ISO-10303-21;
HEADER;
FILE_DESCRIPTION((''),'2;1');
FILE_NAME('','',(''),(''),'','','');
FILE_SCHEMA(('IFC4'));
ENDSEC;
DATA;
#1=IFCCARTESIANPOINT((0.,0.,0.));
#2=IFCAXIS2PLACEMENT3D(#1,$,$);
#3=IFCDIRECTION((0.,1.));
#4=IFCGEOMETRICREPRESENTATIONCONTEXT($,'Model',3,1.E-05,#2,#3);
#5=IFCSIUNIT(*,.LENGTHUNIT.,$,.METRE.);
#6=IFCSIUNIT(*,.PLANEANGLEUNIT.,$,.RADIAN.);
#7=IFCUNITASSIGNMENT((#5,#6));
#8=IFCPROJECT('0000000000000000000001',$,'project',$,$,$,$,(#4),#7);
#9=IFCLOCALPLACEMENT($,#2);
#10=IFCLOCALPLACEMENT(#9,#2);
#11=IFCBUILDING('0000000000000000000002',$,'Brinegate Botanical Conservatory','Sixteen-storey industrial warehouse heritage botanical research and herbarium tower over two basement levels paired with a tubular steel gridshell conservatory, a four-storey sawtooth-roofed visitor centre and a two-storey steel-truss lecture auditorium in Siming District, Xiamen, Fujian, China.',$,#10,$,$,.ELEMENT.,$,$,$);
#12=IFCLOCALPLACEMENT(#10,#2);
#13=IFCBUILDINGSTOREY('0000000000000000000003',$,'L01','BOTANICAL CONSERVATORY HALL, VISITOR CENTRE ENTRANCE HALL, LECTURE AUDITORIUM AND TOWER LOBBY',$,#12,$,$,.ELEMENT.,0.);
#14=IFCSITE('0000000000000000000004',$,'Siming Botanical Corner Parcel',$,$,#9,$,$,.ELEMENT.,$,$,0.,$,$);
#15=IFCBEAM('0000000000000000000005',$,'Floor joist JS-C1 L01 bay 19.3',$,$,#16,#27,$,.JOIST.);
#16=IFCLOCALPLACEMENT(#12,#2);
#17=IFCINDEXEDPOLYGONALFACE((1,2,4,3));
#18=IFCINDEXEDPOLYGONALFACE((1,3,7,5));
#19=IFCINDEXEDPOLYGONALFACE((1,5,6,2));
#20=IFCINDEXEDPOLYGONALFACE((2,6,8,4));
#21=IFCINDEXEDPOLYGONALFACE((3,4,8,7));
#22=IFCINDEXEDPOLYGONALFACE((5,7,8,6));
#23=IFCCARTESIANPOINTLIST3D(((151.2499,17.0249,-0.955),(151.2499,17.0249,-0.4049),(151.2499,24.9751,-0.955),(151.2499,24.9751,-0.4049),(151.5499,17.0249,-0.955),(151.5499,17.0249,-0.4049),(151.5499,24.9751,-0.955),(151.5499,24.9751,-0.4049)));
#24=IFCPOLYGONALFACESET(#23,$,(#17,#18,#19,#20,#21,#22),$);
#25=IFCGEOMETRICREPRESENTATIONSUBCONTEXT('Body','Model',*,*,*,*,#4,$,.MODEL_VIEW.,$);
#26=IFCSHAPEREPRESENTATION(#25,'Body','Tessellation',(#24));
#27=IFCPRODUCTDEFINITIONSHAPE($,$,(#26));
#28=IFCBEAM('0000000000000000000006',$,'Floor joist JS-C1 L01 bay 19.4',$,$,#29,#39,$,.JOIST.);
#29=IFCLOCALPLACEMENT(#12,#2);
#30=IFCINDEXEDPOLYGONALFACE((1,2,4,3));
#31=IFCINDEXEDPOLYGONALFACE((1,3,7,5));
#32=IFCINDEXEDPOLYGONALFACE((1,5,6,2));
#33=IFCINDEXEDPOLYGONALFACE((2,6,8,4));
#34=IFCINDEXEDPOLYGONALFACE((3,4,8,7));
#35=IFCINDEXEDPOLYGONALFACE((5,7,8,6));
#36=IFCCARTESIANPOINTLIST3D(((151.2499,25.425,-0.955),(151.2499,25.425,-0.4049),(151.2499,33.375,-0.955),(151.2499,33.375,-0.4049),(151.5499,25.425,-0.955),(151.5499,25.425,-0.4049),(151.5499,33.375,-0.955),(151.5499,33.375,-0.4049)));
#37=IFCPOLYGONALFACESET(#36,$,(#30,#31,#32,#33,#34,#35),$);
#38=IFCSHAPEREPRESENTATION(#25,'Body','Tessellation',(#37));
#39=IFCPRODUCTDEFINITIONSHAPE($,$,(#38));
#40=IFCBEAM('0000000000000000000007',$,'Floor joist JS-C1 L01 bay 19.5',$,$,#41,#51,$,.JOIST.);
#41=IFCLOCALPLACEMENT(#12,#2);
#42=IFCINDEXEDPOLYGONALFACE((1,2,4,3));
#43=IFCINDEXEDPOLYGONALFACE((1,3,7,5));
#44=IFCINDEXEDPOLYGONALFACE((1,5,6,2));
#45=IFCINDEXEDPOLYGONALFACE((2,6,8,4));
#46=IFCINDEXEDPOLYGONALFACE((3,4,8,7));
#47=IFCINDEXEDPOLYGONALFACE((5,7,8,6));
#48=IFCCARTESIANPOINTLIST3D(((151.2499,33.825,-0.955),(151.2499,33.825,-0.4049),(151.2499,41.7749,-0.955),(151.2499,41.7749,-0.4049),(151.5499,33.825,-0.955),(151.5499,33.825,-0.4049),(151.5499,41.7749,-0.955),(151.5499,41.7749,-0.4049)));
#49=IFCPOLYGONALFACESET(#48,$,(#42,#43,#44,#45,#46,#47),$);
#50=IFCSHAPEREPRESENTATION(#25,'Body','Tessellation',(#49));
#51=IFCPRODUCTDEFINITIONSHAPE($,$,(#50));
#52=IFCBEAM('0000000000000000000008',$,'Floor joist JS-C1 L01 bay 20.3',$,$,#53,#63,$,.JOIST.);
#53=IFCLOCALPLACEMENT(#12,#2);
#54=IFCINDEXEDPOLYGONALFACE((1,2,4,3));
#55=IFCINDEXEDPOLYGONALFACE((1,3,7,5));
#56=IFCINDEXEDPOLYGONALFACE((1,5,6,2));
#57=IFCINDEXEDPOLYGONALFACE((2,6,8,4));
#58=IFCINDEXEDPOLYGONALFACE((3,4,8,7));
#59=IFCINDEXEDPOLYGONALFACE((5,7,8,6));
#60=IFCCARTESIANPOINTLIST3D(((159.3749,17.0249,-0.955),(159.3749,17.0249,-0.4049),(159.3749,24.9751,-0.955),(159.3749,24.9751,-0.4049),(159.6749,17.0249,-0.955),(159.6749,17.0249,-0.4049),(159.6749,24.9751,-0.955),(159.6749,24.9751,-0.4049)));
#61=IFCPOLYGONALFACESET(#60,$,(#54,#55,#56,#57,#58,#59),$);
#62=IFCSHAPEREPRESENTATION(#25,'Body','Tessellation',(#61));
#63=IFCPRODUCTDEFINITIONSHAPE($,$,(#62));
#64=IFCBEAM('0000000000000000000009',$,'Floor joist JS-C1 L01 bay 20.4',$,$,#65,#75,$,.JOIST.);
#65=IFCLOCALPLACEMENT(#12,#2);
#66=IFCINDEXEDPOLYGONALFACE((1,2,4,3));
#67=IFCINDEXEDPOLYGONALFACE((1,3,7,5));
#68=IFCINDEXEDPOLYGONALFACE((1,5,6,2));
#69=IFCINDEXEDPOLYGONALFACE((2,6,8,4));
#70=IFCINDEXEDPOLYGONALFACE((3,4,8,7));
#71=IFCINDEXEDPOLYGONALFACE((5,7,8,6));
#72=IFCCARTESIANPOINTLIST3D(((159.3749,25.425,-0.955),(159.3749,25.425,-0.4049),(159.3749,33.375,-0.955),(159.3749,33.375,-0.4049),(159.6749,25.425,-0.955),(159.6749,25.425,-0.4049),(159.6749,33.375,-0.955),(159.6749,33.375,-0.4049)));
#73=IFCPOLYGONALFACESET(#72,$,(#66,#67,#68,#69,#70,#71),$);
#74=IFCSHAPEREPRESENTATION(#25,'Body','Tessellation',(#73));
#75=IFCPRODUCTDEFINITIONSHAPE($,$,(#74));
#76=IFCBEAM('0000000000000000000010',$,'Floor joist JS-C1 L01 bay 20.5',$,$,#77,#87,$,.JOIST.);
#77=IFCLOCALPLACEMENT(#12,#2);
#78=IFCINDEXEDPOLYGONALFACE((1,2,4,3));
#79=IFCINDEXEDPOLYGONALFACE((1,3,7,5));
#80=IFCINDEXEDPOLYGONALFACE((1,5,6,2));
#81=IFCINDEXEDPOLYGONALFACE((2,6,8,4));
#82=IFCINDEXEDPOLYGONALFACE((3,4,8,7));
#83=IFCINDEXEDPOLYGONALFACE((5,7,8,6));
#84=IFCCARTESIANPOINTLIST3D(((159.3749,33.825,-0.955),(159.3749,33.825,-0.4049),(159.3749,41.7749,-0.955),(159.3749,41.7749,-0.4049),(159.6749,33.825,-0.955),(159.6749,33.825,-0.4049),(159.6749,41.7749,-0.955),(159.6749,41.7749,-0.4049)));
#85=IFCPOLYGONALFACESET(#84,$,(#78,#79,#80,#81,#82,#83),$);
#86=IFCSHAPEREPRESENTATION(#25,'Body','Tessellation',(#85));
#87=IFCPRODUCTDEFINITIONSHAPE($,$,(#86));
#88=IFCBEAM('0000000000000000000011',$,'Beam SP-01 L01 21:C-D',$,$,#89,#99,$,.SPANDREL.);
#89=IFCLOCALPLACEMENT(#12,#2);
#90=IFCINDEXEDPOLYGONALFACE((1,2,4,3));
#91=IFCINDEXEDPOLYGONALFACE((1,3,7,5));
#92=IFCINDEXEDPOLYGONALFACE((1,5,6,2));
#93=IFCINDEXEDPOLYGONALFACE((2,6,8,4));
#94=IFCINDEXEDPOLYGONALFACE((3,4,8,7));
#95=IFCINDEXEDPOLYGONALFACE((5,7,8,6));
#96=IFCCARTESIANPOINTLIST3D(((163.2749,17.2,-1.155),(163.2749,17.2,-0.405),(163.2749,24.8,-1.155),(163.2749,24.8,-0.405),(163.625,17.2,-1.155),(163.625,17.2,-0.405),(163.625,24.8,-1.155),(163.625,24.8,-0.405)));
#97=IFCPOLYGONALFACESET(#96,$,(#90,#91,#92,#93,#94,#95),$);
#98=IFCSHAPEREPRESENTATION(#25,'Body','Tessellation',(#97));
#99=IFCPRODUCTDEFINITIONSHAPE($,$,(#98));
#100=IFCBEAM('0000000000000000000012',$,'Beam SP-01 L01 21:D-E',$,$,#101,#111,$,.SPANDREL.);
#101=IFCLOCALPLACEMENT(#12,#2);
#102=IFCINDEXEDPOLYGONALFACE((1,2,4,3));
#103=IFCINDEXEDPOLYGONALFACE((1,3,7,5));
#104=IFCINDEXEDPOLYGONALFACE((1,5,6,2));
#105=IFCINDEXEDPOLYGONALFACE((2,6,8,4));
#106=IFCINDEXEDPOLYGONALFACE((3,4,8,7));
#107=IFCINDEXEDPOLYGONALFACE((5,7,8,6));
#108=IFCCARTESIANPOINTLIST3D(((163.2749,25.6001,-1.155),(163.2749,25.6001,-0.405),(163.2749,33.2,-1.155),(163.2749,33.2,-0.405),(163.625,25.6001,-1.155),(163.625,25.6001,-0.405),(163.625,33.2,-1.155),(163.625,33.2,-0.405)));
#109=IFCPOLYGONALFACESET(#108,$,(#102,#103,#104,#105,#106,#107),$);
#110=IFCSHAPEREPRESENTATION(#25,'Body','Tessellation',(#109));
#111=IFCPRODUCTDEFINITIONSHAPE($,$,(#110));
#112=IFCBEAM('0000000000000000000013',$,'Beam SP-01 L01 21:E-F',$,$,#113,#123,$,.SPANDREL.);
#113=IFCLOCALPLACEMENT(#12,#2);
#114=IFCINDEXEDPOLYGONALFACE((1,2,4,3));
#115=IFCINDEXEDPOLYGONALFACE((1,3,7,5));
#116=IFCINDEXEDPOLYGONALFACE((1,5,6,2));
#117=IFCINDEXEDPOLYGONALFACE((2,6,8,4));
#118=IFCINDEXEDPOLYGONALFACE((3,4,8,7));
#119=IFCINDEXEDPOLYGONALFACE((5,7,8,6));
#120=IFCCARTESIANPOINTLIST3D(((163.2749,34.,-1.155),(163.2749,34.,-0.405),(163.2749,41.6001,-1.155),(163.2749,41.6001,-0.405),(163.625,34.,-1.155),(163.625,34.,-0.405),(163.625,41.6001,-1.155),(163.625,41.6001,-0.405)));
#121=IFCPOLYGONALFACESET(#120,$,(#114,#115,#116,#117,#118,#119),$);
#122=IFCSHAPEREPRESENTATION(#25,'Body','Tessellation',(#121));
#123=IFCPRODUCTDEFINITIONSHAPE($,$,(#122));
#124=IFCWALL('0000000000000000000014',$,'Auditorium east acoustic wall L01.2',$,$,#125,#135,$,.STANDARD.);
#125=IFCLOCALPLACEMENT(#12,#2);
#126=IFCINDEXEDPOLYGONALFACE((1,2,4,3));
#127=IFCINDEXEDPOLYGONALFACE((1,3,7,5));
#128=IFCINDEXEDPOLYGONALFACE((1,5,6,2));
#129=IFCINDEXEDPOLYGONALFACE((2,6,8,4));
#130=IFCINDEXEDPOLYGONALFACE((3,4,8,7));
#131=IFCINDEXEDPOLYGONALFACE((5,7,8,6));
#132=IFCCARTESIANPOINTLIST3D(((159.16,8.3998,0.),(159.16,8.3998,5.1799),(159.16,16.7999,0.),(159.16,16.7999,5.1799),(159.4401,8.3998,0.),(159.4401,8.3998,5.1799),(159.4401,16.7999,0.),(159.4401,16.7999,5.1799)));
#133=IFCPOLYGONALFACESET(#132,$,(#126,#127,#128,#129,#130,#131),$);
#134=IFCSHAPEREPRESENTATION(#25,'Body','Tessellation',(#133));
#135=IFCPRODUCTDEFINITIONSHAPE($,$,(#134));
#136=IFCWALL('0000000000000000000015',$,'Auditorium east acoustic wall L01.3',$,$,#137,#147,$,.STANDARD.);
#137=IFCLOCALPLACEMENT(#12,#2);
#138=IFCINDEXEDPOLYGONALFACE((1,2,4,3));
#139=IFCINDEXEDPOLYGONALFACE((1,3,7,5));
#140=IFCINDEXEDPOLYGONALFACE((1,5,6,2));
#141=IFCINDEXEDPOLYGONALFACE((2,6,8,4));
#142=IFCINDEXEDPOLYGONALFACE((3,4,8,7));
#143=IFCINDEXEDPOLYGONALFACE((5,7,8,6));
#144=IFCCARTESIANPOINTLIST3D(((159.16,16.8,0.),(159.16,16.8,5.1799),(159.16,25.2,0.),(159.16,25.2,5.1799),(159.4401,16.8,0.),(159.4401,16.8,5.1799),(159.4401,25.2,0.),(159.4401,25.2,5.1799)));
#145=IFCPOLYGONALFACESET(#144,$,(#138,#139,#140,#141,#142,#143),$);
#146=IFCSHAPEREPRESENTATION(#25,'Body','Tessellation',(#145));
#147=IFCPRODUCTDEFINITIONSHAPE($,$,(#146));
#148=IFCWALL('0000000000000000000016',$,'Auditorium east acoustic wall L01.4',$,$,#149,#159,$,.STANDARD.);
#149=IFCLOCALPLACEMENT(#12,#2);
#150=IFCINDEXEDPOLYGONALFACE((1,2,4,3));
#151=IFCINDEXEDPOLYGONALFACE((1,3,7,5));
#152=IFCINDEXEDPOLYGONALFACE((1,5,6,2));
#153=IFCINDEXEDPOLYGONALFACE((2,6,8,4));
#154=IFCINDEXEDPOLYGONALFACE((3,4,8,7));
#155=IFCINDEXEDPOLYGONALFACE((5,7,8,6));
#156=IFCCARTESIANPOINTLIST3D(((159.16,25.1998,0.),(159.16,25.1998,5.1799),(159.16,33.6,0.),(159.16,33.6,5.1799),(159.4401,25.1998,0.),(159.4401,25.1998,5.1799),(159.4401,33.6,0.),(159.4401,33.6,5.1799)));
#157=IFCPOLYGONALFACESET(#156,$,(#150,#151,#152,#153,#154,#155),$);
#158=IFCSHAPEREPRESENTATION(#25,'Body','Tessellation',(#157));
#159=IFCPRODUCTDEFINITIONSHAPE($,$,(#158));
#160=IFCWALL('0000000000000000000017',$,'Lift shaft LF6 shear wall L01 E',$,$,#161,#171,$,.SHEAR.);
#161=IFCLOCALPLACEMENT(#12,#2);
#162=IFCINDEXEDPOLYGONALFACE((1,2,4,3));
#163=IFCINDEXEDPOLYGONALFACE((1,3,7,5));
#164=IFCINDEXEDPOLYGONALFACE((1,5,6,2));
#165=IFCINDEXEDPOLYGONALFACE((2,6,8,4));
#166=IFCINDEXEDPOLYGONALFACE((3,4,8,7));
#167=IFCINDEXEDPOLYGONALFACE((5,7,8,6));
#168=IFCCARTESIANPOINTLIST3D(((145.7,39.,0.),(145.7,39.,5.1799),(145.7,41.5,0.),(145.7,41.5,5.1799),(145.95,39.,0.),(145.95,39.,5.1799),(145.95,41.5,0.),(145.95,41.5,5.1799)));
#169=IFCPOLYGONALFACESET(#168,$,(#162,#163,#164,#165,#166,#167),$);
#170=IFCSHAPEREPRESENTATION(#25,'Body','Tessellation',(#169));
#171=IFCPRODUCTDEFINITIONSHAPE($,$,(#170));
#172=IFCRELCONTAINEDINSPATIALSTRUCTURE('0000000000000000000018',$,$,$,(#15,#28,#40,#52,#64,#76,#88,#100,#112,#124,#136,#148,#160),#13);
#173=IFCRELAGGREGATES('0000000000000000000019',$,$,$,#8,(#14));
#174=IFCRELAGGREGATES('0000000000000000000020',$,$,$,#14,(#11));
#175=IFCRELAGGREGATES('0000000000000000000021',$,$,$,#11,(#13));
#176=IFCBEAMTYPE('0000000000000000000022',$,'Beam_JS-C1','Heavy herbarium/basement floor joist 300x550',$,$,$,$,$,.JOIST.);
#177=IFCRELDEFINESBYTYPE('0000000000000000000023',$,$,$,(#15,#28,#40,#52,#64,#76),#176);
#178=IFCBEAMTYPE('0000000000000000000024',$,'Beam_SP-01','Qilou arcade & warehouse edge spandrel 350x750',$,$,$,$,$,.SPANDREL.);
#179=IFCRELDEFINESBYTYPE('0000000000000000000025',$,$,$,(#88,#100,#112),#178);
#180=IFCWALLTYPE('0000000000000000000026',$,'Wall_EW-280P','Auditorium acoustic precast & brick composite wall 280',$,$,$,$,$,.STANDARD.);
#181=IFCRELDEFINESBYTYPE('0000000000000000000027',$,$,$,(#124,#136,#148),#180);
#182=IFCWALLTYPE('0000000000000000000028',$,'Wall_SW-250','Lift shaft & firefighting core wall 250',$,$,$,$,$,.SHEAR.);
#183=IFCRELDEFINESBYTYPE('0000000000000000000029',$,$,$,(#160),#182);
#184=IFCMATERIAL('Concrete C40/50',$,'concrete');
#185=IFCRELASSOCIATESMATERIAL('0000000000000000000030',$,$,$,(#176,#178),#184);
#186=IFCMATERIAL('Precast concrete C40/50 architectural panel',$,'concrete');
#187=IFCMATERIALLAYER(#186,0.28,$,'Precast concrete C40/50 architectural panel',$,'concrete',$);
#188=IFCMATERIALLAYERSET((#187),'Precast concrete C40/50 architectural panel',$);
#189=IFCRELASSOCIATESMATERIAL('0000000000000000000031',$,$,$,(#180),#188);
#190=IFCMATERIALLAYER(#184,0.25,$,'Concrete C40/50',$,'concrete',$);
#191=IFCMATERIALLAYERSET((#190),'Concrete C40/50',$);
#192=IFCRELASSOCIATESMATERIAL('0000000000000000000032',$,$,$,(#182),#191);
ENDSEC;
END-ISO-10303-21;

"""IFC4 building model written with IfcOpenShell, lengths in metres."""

from ifc_helpers import new_model, si_unit, direction, frame, frame_2d, origin, origin_2d, place, context, subcontext, project, spatial, rectangle, extrude, material, layer, layer_set, material_profile, profile_set, type_object, element, save


model = new_model("IFC4")

# Units and contexts
model_context = context("Model", 3, precision=1e-05, world=origin(), true_north=direction((0.0, 1.0)))
body_context = subcontext(model_context, "Body", "Model", "MODEL_VIEW")
ifc_project = project(units=[si_unit("LENGTHUNIT", "METRE"), si_unit("PLANEANGLEUNIT", "RADIAN")], contexts=[model_context])

# Site, building, storey
site_placement = place(None, origin())
site = spatial("IfcSite", under=ifc_project, at=site_placement, Name="Siming Botanical Corner Parcel", CompositionType="ELEMENT", RefElevation=0.0)
building_placement = place(site_placement, origin())
building = spatial("IfcBuilding", under=site, at=building_placement, Name="Brinegate Botanical Conservatory", Description="Sixteen-storey industrial warehouse heritage botanical research and herbarium tower over two basement levels paired with a tubular steel gridshell conservatory, a four-storey sawtooth-roofed visitor centre and a two-storey steel-truss lecture auditorium in Siming District, Xiamen, Fujian, China.", CompositionType="ELEMENT")
storey_placement = place(building_placement, origin())
storey = spatial("IfcBuildingStorey", under=building, at=storey_placement, Name="L01", Description="BOTANICAL CONSERVATORY HALL, VISITOR CENTRE ENTRANCE HALL, LECTURE AUDITORIUM AND TOWER LOBBY", CompositionType="ELEMENT", Elevation=0.0)

# Beams
ifc_material_1 = material(Name="Concrete C40/50", Category="concrete")
ifc_material_profile_1 = material_profile(ifc_material_1, rectangle(XDim=0.3, YDim=0.55, at=origin_2d()), Name="RC JST 300x550")
ifc_profile_set_1 = profile_set([ifc_material_profile_1], Name="Concrete C40/50")
beam_type_1 = type_object("IfcBeamType", Name="Beam_JS-C1", Description="Heavy herbarium/basement floor joist 300x550", PredefinedType="JOIST", material=ifc_profile_set_1)
beam_1_placement = place(storey_placement, frame((151.3999, 17.0249, -0.6799), z_axis=(0.0, 1.0, 0.0), x_axis=(-1.0, 0.0, 0.0)))
element("IfcBeam", 1, at=beam_1_placement, inside=storey, type_object=beam_type_1, Name="Floor joist JS-C1 L01 bay 19.3", PredefinedType="JOIST", context=body_context, shape_type="SweptSolid", body=[
    extrude(rectangle(XDim=0.3, YDim=0.55, at=origin_2d()), origin(), (0.0, 0.0, 1.0), 7.9502),
])
for number, where, z_axis, x_axis, name in (
    (2, (151.3999, 25.425, -0.6799), (0.0, 1.0, 0.0), (-1.0, 0.0, 0.0), "Floor joist JS-C1 L01 bay 19.4"),
    (3, (151.3999, 33.825, -0.6799), (0.0, 1.0, 0.0), (-1.0, 0.0, 0.0), "Floor joist JS-C1 L01 bay 19.5"),
):
    element("IfcBeam", number, at=place(storey_placement, frame(where, z_axis=z_axis, x_axis=x_axis)), inside=storey, type_object=beam_type_1, Name=name, PredefinedType="JOIST", context=body_context, shape_type="SweptSolid", body=[
        extrude(rectangle(XDim=0.3, YDim=0.55, at=origin_2d()), origin(), (0.0, 0.0, 1.0), 7.95),
    ])
beam_2_placement = place(storey_placement, frame((159.5249, 17.0249, -0.6799), z_axis=(0.0, 1.0, 0.0), x_axis=(-1.0, 0.0, 0.0)))
element("IfcBeam", 4, at=beam_2_placement, inside=storey, type_object=beam_type_1, Name="Floor joist JS-C1 L01 bay 20.3", PredefinedType="JOIST", context=body_context, shape_type="SweptSolid", body=[
    extrude(rectangle(XDim=0.3, YDim=0.55, at=origin_2d()), origin(), (0.0, 0.0, 1.0), 7.9502),
])
for number, where, z_axis, x_axis, name in (
    (5, (159.5249, 25.425, -0.6799), (0.0, 1.0, 0.0), (-1.0, 0.0, 0.0), "Floor joist JS-C1 L01 bay 20.4"),
    (6, (159.5249, 33.825, -0.6799), (0.0, 1.0, 0.0), (-1.0, 0.0, 0.0), "Floor joist JS-C1 L01 bay 20.5"),
):
    element("IfcBeam", number, at=place(storey_placement, frame(where, z_axis=z_axis, x_axis=x_axis)), inside=storey, type_object=beam_type_1, Name=name, PredefinedType="JOIST", context=body_context, shape_type="SweptSolid", body=[
        extrude(rectangle(XDim=0.3, YDim=0.55, at=origin_2d()), origin(), (0.0, 0.0, 1.0), 7.95),
    ])
ifc_material_profile_2 = material_profile(ifc_material_1, rectangle(XDim=0.3501, YDim=0.75, at=origin_2d()), Name="RC SPN 350x750")
ifc_profile_set_2 = profile_set([ifc_material_profile_2], Name="Concrete C40/50")
beam_type_2 = type_object("IfcBeamType", Name="Beam_SP-01", Description="Qilou arcade & warehouse edge spandrel 350x750", PredefinedType="SPANDREL", material=ifc_profile_set_2)
beam_3_placement = place(storey_placement, frame((163.45, 17.2, -0.78), z_axis=(0.0, 1.0, 0.0), x_axis=(-1.0, 0.0, 0.0)))
element("IfcBeam", 7, at=beam_3_placement, inside=storey, type_object=beam_type_2, Name="Beam SP-01 L01 21:C-D", PredefinedType="SPANDREL", context=body_context, shape_type="SweptSolid", body=[
    extrude(rectangle(XDim=0.3501, YDim=0.75, at=origin_2d()), origin(), (0.0, 0.0, 1.0), 7.6001),
])
beam_4_placement = place(storey_placement, frame((163.45, 25.6001, -0.78), z_axis=(0.0, 1.0, 0.0), x_axis=(-1.0, 0.0, 0.0)))
element("IfcBeam", 8, at=beam_4_placement, inside=storey, type_object=beam_type_2, Name="Beam SP-01 L01 21:D-E", PredefinedType="SPANDREL", context=body_context, shape_type="SweptSolid", body=[
    extrude(rectangle(XDim=0.3501, YDim=0.75, at=origin_2d()), origin(), (0.0, 0.0, 1.0), 7.5999),
])
beam_5_placement = place(storey_placement, frame((163.45, 34.0, -0.78), z_axis=(0.0, 1.0, 0.0), x_axis=(-1.0, 0.0, 0.0)))
element("IfcBeam", 9, at=beam_5_placement, inside=storey, type_object=beam_type_2, Name="Beam SP-01 L01 21:E-F", PredefinedType="SPANDREL", context=body_context, shape_type="SweptSolid", body=[
    extrude(rectangle(XDim=0.3501, YDim=0.75, at=origin_2d()), origin(), (0.0, 0.0, 1.0), 7.6001),
])

# Walls
ifc_material_2 = material(Name="Precast concrete C40/50 architectural panel", Category="concrete")
ifc_layer_1 = layer(ifc_material_2, 0.28, Name="Precast concrete C40/50 architectural panel", Category="concrete")
ifc_layer_set_1 = layer_set([ifc_layer_1], Name="Precast concrete C40/50 architectural panel")
wall_type_1 = type_object("IfcWallType", Name="Wall_EW-280P", Description="Auditorium acoustic precast & brick composite wall 280", PredefinedType="STANDARD", material=ifc_layer_set_1)
wall_1_placement = place(storey_placement, frame((159.3, 16.8, 0.0), z_axis=(0.0, 0.0, 1.0), x_axis=(0.0, -1.0, 0.0)))
element("IfcWall", 10, at=wall_1_placement, inside=storey, type_object=wall_type_1, Name="Auditorium east acoustic wall L01.2", PredefinedType="STANDARD", context=body_context, shape_type="SweptSolid", body=[
    extrude(rectangle(XDim=8.4001, YDim=0.28, at=frame_2d((4.2002, 0.0))), origin(), (0.0, 0.0, 1.0), 5.1799),
])
wall_2_placement = place(storey_placement, frame((159.3, 25.2, 0.0), z_axis=(0.0, 0.0, 1.0), x_axis=(0.0, -1.0, 0.0)))
element("IfcWall", 11, at=wall_2_placement, inside=storey, type_object=wall_type_1, Name="Auditorium east acoustic wall L01.3", PredefinedType="STANDARD", context=body_context, shape_type="SweptSolid", body=[
    extrude(rectangle(XDim=8.3999, YDim=0.28, at=frame_2d((4.2, 0.0))), origin(), (0.0, 0.0, 1.0), 5.1799),
])
wall_3_placement = place(storey_placement, frame((159.3, 33.6001, 0.0), z_axis=(0.0, 0.0, 1.0), x_axis=(0.0, -1.0, 0.0)))
element("IfcWall", 12, at=wall_3_placement, inside=storey, type_object=wall_type_1, Name="Auditorium east acoustic wall L01.4", PredefinedType="STANDARD", context=body_context, shape_type="SweptSolid", body=[
    extrude(rectangle(XDim=8.4001, YDim=0.28, at=frame_2d((4.2002, 0.0))), origin(), (0.0, 0.0, 1.0), 5.1799),
])
ifc_layer_2 = layer(ifc_material_1, 0.25, Name="Concrete C40/50", Category="concrete")
ifc_layer_set_2 = layer_set([ifc_layer_2], Name="Concrete C40/50")
wall_type_2 = type_object("IfcWallType", Name="Wall_SW-250", Description="Lift shaft & firefighting core wall 250", PredefinedType="SHEAR", material=ifc_layer_set_2)
wall_4_placement = place(storey_placement, frame((145.825, 39.0, 0.0), z_axis=(0.0, 0.0, 1.0), x_axis=(0.0, 1.0, 0.0)))
element("IfcWall", 13, at=wall_4_placement, inside=storey, type_object=wall_type_2, Name="Lift shaft LF6 shear wall L01 E", PredefinedType="SHEAR", context=body_context, shape_type="SweptSolid", body=[
    extrude(rectangle(XDim=2.5, YDim=0.25, at=frame_2d((1.25, 0.0))), origin(), (0.0, 0.0, 1.0), 5.1799),
])

save(model, "model.ifc")
